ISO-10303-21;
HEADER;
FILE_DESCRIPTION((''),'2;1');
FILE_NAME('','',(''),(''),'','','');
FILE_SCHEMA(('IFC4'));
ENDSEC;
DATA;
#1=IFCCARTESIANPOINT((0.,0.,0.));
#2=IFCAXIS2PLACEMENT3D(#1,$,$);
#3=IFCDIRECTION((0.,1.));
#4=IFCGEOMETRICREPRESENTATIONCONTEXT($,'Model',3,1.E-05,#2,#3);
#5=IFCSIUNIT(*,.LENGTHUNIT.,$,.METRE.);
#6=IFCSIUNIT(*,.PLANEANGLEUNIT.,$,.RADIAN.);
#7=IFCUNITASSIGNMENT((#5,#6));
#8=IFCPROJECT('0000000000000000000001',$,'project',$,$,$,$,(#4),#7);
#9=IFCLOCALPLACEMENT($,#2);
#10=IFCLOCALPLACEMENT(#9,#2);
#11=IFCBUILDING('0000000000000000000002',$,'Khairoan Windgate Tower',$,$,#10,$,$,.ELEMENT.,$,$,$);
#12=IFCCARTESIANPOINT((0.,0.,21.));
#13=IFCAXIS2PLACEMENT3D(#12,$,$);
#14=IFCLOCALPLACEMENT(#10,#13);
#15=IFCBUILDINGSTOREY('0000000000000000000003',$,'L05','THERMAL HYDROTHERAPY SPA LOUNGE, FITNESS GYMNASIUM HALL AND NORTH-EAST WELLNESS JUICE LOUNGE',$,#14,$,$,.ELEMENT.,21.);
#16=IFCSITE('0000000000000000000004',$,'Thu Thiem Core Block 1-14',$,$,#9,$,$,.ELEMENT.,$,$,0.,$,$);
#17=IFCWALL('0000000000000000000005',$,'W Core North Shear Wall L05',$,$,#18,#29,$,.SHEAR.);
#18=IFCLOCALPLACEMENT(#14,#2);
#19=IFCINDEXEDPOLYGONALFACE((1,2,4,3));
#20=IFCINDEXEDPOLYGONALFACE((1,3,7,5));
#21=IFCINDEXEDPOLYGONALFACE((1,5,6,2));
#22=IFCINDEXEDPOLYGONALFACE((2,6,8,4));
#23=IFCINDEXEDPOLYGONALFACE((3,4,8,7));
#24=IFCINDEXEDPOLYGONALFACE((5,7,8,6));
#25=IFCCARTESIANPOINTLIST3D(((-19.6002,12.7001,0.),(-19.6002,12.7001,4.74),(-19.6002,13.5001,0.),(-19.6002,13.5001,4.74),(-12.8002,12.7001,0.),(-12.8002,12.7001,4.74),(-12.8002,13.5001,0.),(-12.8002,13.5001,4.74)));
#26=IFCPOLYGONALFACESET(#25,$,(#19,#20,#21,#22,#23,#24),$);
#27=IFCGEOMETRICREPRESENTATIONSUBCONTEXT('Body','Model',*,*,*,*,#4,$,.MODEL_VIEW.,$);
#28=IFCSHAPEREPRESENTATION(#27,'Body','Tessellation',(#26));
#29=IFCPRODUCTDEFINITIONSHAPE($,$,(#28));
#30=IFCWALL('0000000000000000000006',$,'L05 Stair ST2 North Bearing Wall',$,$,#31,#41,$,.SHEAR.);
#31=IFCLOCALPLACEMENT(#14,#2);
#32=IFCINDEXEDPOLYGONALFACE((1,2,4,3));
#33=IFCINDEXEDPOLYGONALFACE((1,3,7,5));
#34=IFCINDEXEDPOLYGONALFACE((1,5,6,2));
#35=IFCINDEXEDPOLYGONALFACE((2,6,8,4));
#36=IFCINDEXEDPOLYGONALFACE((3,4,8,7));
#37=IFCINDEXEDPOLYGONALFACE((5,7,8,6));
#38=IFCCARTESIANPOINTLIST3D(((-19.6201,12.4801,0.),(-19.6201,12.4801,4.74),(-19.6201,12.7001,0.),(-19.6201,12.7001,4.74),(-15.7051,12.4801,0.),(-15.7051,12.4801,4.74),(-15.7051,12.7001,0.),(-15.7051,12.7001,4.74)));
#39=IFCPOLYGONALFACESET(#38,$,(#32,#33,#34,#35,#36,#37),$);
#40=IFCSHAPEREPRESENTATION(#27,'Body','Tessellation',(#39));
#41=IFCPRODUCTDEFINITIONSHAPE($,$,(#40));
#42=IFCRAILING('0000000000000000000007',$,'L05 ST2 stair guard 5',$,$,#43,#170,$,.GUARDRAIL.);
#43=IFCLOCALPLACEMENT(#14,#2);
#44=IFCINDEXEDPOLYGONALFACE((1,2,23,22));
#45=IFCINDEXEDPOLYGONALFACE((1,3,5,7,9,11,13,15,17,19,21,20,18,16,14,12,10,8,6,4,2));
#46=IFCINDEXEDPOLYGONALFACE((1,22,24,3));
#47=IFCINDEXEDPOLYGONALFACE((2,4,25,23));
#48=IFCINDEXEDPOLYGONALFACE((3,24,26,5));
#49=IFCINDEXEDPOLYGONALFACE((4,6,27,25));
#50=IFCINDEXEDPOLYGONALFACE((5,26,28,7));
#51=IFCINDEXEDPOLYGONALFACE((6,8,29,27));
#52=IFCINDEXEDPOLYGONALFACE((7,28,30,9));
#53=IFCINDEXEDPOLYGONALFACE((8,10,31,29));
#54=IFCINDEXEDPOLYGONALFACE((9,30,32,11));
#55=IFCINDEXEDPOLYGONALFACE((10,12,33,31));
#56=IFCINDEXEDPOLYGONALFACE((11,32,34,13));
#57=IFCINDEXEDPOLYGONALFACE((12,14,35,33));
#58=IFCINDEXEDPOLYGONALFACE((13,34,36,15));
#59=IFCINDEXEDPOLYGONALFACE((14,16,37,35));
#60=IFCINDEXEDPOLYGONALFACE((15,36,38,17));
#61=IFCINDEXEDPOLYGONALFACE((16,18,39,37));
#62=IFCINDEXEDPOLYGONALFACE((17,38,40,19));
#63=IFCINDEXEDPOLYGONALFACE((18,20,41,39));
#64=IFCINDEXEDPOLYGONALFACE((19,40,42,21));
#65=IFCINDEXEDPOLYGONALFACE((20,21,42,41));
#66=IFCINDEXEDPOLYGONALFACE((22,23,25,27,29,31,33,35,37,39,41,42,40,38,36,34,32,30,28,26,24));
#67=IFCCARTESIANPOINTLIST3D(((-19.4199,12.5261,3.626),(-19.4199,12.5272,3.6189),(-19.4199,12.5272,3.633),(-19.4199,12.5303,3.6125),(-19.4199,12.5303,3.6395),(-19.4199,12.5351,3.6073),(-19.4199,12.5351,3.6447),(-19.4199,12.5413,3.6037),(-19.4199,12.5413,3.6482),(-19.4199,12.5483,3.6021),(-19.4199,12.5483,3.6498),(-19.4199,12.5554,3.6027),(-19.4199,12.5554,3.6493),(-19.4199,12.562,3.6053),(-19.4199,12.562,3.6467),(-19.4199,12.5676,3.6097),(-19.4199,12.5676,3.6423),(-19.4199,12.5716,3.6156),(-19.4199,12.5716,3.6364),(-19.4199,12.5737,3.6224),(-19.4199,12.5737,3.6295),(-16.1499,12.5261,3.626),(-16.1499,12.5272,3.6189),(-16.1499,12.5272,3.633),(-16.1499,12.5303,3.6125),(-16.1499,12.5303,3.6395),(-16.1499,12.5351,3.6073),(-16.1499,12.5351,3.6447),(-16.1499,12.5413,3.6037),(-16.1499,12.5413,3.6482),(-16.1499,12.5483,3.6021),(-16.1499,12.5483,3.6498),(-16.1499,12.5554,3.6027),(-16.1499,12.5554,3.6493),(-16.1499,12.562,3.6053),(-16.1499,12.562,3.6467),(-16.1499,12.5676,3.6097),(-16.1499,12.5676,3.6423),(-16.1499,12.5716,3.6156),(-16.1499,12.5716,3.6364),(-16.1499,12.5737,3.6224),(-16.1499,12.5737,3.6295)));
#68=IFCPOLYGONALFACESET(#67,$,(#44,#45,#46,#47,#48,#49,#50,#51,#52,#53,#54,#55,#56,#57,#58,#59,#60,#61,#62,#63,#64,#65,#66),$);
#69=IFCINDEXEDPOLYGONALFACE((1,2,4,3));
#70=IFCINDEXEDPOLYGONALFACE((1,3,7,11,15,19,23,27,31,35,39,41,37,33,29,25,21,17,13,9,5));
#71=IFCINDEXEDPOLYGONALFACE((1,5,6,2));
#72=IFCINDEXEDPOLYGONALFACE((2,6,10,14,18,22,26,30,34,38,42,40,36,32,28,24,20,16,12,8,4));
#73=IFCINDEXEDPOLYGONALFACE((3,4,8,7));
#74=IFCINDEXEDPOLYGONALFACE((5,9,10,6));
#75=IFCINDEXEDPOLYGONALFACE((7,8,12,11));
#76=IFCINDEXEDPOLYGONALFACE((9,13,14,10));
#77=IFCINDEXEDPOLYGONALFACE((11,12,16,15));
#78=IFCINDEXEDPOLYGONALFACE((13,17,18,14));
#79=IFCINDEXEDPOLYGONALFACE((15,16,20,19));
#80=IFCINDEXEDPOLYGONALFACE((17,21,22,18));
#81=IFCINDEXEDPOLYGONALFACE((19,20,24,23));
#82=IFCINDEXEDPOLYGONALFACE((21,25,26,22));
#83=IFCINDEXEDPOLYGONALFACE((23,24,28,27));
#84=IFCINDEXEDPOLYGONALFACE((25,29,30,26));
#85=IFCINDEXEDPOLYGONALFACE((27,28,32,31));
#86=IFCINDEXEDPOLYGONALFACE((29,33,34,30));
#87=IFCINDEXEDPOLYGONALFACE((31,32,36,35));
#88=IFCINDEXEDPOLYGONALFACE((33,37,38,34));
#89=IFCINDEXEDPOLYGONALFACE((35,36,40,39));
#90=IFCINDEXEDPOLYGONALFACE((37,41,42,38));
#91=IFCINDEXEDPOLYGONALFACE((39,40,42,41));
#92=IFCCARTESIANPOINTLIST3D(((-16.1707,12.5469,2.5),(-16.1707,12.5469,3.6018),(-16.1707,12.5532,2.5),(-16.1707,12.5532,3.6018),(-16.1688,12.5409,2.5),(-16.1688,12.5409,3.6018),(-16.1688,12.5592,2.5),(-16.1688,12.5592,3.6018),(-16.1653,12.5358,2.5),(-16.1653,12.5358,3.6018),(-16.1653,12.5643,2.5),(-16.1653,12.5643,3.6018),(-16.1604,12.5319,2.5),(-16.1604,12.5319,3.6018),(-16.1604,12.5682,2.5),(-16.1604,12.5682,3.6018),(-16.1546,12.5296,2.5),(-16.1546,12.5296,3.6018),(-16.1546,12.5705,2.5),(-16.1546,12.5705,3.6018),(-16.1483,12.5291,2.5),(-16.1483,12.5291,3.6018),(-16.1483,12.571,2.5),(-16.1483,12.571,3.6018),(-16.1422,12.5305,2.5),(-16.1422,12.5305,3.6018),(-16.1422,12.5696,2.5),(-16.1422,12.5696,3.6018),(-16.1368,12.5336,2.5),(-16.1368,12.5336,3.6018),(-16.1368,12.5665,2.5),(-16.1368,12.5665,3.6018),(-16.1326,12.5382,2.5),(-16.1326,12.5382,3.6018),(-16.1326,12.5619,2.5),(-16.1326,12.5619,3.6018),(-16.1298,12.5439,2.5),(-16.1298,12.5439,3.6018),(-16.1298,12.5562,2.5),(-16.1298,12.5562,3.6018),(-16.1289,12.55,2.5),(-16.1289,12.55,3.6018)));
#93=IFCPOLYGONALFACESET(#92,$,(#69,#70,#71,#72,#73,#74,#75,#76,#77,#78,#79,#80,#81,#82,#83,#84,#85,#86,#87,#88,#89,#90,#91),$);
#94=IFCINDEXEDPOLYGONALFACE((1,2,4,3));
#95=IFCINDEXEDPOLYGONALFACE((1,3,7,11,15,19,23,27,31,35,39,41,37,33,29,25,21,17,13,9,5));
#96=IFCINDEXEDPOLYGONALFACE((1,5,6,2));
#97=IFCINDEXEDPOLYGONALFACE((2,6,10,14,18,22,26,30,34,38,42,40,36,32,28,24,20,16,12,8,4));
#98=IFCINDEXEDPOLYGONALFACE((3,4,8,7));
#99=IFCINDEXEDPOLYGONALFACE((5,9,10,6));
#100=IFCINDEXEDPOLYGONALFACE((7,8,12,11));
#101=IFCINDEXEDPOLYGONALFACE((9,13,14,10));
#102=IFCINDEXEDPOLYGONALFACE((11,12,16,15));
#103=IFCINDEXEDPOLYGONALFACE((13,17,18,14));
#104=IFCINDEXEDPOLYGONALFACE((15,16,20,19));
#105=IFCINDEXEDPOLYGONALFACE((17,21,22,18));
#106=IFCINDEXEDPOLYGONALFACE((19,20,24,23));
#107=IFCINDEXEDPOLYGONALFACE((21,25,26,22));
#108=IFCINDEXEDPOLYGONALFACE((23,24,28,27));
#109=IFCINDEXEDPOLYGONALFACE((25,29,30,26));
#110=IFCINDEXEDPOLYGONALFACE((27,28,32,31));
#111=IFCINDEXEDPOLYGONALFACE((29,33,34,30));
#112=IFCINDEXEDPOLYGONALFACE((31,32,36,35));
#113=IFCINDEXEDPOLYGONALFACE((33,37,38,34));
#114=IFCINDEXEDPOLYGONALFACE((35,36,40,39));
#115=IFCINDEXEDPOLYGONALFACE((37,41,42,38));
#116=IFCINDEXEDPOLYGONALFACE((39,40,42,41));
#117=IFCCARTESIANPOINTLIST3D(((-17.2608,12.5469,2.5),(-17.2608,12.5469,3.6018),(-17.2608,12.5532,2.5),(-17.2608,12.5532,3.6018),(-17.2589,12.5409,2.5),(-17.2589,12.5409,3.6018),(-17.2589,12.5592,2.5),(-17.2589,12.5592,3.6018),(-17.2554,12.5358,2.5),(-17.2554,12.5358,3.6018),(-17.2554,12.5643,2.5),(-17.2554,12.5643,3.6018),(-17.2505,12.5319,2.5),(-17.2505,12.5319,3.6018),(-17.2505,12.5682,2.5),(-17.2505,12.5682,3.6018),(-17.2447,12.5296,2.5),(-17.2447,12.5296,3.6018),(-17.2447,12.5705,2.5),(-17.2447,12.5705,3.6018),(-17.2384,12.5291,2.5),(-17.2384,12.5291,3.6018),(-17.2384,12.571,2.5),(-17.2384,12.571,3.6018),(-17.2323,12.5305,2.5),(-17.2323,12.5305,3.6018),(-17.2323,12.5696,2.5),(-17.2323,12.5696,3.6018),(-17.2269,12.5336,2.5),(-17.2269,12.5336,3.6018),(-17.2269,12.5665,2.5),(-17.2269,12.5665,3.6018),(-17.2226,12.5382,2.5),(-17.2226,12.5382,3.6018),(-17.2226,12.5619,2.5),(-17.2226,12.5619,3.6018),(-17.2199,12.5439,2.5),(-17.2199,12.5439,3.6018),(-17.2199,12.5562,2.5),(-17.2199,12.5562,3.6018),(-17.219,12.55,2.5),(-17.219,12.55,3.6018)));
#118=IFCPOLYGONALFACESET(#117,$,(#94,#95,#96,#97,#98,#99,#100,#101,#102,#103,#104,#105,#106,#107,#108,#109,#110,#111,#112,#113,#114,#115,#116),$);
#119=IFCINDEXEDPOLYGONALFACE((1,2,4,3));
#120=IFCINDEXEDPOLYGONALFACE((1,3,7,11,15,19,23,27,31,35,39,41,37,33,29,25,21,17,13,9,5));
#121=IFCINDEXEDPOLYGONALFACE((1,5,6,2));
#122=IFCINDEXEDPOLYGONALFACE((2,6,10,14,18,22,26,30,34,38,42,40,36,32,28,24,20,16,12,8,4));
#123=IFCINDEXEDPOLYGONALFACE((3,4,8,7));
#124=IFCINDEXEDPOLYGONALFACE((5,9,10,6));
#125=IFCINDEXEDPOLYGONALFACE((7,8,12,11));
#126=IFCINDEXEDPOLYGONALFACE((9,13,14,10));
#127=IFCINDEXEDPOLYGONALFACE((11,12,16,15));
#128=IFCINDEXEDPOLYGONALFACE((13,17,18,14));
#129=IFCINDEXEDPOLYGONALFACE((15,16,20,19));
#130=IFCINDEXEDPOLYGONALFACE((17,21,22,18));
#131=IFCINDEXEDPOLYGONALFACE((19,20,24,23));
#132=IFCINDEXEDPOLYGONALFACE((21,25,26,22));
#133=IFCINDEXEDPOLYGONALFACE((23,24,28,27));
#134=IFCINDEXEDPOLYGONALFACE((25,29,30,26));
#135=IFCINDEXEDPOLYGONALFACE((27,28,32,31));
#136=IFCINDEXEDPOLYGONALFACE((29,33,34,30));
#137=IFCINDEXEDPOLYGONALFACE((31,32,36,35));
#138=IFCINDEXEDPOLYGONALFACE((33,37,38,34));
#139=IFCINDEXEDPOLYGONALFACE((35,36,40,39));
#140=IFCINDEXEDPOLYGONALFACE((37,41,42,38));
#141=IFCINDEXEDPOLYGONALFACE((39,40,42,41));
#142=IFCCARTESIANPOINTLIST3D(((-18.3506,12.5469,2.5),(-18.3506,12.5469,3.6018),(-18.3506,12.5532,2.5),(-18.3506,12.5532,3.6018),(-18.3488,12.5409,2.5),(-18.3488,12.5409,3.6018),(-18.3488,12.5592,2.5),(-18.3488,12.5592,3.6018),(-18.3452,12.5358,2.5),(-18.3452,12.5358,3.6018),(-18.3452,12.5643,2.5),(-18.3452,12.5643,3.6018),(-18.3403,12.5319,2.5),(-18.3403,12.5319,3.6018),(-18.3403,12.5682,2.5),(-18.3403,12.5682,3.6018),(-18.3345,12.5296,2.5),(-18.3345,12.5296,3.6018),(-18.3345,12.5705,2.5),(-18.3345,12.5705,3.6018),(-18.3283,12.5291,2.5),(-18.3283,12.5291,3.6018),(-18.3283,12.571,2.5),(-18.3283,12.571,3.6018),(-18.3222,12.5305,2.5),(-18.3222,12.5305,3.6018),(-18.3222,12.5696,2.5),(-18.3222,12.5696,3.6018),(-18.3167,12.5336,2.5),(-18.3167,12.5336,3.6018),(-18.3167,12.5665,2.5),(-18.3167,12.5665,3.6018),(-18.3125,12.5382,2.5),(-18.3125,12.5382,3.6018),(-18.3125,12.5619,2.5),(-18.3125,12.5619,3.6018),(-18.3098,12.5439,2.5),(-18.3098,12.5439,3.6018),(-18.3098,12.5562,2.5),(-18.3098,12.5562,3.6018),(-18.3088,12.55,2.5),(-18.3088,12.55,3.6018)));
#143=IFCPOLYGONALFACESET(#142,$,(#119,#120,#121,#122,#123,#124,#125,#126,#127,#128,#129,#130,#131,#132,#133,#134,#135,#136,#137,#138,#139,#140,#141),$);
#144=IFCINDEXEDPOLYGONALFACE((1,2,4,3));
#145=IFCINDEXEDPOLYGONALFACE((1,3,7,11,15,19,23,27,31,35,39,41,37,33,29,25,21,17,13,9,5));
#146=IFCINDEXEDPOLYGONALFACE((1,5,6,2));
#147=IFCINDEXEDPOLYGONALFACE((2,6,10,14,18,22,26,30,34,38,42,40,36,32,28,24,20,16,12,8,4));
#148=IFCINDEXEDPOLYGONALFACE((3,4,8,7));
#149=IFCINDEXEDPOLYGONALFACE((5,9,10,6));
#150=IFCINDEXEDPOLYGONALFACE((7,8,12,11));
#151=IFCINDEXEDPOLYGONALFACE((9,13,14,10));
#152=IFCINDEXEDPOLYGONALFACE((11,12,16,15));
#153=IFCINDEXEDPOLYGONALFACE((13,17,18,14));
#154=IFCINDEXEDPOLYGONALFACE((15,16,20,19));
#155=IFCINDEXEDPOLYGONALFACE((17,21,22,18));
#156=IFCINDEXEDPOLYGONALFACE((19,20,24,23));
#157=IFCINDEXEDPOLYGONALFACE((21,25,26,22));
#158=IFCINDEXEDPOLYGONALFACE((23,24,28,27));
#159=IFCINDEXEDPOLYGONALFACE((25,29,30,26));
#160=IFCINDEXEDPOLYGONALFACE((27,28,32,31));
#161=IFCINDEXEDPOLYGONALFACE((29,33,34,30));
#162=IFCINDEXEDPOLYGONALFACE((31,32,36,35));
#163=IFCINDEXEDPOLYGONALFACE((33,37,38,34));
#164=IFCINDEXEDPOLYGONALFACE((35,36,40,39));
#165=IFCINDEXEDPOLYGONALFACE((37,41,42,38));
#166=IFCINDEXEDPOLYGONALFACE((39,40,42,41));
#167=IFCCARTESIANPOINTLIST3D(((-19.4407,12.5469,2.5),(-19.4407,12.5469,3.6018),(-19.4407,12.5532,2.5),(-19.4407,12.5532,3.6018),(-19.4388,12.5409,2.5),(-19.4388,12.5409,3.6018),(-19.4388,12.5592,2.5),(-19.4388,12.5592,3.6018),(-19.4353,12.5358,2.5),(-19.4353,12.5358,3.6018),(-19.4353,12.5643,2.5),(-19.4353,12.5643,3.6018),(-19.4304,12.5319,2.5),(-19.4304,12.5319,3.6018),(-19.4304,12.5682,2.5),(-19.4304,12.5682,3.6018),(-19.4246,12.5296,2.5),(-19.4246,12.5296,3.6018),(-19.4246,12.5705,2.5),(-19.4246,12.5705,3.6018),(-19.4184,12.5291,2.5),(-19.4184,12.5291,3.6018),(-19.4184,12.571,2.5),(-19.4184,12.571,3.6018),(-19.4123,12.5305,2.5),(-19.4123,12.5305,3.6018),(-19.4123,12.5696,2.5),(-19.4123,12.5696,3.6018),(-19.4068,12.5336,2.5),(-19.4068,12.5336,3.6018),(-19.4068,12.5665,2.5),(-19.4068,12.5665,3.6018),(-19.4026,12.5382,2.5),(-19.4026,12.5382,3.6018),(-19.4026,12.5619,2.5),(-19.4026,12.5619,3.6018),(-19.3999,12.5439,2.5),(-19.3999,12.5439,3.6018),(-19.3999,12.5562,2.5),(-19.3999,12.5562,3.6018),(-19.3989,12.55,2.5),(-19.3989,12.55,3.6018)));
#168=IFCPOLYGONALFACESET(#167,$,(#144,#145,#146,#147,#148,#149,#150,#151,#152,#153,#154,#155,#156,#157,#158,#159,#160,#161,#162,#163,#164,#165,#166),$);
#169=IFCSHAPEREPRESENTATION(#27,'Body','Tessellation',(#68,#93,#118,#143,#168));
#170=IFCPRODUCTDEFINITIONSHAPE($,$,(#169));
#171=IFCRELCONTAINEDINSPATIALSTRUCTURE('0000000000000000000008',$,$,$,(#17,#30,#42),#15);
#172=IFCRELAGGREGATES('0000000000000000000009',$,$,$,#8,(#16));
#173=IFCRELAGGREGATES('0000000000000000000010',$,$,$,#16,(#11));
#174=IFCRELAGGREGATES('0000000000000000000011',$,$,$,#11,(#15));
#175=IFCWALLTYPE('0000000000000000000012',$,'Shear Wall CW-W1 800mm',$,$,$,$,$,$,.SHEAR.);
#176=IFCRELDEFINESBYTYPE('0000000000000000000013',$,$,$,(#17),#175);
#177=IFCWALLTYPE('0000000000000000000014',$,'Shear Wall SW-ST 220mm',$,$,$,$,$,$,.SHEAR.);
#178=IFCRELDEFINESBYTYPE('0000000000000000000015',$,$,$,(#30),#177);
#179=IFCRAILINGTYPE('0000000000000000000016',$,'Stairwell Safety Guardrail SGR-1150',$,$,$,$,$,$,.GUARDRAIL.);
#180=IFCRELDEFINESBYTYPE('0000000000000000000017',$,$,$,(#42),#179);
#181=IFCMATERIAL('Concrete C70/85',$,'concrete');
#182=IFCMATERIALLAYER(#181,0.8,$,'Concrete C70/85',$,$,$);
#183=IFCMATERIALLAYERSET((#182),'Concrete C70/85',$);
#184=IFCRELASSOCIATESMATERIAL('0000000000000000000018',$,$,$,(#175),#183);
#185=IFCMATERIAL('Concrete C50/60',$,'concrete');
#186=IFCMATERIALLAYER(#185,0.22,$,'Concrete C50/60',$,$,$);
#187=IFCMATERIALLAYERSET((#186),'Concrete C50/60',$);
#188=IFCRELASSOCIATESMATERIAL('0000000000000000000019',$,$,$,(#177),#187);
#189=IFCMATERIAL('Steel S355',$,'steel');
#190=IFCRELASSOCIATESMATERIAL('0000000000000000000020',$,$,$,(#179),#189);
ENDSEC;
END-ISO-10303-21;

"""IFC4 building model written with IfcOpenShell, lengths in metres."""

from ifc_helpers import new_model, si_unit, direction, frame, frame_2d, origin, origin_2d, place, context, subcontext, project, spatial, rectangle, circle, extrude, material, layer, layer_set, type_object, element, save


model = new_model("IFC4")

# Units and contexts
model_context = context("Model", 3, precision=1e-05, world=origin(), true_north=direction((0.0, 1.0)))
body_context = subcontext(model_context, "Body", "Model", "MODEL_VIEW")
ifc_project = project(units=[si_unit("LENGTHUNIT", "METRE"), si_unit("PLANEANGLEUNIT", "RADIAN")], contexts=[model_context])

# Site, building, storey
site_placement = place(None, origin())
site = spatial("IfcSite", under=ifc_project, at=site_placement, Name="Thu Thiem Core Block 1-14", CompositionType="ELEMENT", RefElevation=0.0)
building_placement = place(site_placement, origin())
building = spatial("IfcBuilding", under=site, at=building_placement, Name="Khairoan Windgate Tower", CompositionType="ELEMENT")
storey_placement = place(building_placement, frame((0.0, 0.0, 21.0)))
storey = spatial("IfcBuildingStorey", under=building, at=storey_placement, Name="L05", Description="THERMAL HYDROTHERAPY SPA LOUNGE, FITNESS GYMNASIUM HALL AND NORTH-EAST WELLNESS JUICE LOUNGE", CompositionType="ELEMENT", Elevation=21.0)

# Walls
ifc_material_1 = material(Name="Concrete C70/85", Category="concrete")
ifc_layer_1 = layer(ifc_material_1, 0.8, Name="Concrete C70/85")
ifc_layer_set_1 = layer_set([ifc_layer_1], Name="Concrete C70/85")
wall_type_1 = type_object("IfcWallType", Name="Shear Wall CW-W1 800mm", PredefinedType="SHEAR", material=ifc_layer_set_1)
wall_1_placement = place(storey_placement, frame((-19.6001, 13.1001, 0.0), z_axis=(0.0, 0.0, 1.0), x_axis=(1.0, 0.0, 0.0)))
element("IfcWall", 1, at=wall_1_placement, inside=storey, type_object=wall_type_1, Name="W Core North Shear Wall L05", PredefinedType="SHEAR", context=body_context, shape_type="SweptSolid", body=[
    extrude(rectangle(XDim=6.8, YDim=0.8, at=frame_2d((3.3999, 0.0))), origin(), (0.0, 0.0, 1.0), 4.74),
])
ifc_material_2 = material(Name="Concrete C50/60", Category="concrete")
ifc_layer_2 = layer(ifc_material_2, 0.22, Name="Concrete C50/60")
ifc_layer_set_2 = layer_set([ifc_layer_2], Name="Concrete C50/60")
wall_type_2 = type_object("IfcWallType", Name="Shear Wall SW-ST 220mm", PredefinedType="SHEAR", material=ifc_layer_set_2)
wall_2_placement = place(storey_placement, frame((-19.6201, 12.5901, 0.0), z_axis=(0.0, 0.0, 1.0), x_axis=(1.0, 0.0, 0.0)))
element("IfcWall", 2, at=wall_2_placement, inside=storey, type_object=wall_type_2, Name="L05 Stair ST2 North Bearing Wall", PredefinedType="SHEAR", context=body_context, shape_type="SweptSolid", body=[
    extrude(rectangle(XDim=3.915, YDim=0.22, at=frame_2d((1.9575, 0.0))), origin(), (0.0, 0.0, 1.0), 4.74),
])

# Railing
ifc_material_3 = material(Name="Steel S355", Category="steel")
railing_type = type_object("IfcRailingType", Name="Stairwell Safety Guardrail SGR-1150", PredefinedType="GUARDRAIL", material=ifc_material_3)
railing_1_placement = place(storey_placement, frame((-16.1499, 12.55, 2.5)))
element("IfcRailing", 3, at=railing_1_placement, inside=storey, type_object=railing_type, Name="L05 ST2 stair guard 5", PredefinedType="GUARDRAIL", context=body_context, shape_type="SweptSolid", body=[
    extrude(circle(Radius=0.0239, at=origin_2d()), frame((0.0, 0.0, 1.126), z_axis=(-1.0, 0.0, 0.0), x_axis=(0.0, -1.0, 0.0)), (0.0, 0.0, 1.0), 3.27),
    extrude(circle(Radius=0.021, at=origin_2d()), origin(), (0.0, 0.0, 1.0), 1.1018),
    extrude(circle(Radius=0.021, at=origin_2d()), frame((-1.0901, 0.0, 0.0)), (0.0, 0.0, 1.0), 1.1018),
    extrude(circle(Radius=0.021, at=origin_2d()), frame((-2.1799, 0.0, 0.0)), (0.0, 0.0, 1.0), 1.1018),
    extrude(circle(Radius=0.021, at=origin_2d()), frame((-3.27, 0.0, 0.0)), (0.0, 0.0, 1.0), 1.1018),
])

save(model, "model.ifc")
